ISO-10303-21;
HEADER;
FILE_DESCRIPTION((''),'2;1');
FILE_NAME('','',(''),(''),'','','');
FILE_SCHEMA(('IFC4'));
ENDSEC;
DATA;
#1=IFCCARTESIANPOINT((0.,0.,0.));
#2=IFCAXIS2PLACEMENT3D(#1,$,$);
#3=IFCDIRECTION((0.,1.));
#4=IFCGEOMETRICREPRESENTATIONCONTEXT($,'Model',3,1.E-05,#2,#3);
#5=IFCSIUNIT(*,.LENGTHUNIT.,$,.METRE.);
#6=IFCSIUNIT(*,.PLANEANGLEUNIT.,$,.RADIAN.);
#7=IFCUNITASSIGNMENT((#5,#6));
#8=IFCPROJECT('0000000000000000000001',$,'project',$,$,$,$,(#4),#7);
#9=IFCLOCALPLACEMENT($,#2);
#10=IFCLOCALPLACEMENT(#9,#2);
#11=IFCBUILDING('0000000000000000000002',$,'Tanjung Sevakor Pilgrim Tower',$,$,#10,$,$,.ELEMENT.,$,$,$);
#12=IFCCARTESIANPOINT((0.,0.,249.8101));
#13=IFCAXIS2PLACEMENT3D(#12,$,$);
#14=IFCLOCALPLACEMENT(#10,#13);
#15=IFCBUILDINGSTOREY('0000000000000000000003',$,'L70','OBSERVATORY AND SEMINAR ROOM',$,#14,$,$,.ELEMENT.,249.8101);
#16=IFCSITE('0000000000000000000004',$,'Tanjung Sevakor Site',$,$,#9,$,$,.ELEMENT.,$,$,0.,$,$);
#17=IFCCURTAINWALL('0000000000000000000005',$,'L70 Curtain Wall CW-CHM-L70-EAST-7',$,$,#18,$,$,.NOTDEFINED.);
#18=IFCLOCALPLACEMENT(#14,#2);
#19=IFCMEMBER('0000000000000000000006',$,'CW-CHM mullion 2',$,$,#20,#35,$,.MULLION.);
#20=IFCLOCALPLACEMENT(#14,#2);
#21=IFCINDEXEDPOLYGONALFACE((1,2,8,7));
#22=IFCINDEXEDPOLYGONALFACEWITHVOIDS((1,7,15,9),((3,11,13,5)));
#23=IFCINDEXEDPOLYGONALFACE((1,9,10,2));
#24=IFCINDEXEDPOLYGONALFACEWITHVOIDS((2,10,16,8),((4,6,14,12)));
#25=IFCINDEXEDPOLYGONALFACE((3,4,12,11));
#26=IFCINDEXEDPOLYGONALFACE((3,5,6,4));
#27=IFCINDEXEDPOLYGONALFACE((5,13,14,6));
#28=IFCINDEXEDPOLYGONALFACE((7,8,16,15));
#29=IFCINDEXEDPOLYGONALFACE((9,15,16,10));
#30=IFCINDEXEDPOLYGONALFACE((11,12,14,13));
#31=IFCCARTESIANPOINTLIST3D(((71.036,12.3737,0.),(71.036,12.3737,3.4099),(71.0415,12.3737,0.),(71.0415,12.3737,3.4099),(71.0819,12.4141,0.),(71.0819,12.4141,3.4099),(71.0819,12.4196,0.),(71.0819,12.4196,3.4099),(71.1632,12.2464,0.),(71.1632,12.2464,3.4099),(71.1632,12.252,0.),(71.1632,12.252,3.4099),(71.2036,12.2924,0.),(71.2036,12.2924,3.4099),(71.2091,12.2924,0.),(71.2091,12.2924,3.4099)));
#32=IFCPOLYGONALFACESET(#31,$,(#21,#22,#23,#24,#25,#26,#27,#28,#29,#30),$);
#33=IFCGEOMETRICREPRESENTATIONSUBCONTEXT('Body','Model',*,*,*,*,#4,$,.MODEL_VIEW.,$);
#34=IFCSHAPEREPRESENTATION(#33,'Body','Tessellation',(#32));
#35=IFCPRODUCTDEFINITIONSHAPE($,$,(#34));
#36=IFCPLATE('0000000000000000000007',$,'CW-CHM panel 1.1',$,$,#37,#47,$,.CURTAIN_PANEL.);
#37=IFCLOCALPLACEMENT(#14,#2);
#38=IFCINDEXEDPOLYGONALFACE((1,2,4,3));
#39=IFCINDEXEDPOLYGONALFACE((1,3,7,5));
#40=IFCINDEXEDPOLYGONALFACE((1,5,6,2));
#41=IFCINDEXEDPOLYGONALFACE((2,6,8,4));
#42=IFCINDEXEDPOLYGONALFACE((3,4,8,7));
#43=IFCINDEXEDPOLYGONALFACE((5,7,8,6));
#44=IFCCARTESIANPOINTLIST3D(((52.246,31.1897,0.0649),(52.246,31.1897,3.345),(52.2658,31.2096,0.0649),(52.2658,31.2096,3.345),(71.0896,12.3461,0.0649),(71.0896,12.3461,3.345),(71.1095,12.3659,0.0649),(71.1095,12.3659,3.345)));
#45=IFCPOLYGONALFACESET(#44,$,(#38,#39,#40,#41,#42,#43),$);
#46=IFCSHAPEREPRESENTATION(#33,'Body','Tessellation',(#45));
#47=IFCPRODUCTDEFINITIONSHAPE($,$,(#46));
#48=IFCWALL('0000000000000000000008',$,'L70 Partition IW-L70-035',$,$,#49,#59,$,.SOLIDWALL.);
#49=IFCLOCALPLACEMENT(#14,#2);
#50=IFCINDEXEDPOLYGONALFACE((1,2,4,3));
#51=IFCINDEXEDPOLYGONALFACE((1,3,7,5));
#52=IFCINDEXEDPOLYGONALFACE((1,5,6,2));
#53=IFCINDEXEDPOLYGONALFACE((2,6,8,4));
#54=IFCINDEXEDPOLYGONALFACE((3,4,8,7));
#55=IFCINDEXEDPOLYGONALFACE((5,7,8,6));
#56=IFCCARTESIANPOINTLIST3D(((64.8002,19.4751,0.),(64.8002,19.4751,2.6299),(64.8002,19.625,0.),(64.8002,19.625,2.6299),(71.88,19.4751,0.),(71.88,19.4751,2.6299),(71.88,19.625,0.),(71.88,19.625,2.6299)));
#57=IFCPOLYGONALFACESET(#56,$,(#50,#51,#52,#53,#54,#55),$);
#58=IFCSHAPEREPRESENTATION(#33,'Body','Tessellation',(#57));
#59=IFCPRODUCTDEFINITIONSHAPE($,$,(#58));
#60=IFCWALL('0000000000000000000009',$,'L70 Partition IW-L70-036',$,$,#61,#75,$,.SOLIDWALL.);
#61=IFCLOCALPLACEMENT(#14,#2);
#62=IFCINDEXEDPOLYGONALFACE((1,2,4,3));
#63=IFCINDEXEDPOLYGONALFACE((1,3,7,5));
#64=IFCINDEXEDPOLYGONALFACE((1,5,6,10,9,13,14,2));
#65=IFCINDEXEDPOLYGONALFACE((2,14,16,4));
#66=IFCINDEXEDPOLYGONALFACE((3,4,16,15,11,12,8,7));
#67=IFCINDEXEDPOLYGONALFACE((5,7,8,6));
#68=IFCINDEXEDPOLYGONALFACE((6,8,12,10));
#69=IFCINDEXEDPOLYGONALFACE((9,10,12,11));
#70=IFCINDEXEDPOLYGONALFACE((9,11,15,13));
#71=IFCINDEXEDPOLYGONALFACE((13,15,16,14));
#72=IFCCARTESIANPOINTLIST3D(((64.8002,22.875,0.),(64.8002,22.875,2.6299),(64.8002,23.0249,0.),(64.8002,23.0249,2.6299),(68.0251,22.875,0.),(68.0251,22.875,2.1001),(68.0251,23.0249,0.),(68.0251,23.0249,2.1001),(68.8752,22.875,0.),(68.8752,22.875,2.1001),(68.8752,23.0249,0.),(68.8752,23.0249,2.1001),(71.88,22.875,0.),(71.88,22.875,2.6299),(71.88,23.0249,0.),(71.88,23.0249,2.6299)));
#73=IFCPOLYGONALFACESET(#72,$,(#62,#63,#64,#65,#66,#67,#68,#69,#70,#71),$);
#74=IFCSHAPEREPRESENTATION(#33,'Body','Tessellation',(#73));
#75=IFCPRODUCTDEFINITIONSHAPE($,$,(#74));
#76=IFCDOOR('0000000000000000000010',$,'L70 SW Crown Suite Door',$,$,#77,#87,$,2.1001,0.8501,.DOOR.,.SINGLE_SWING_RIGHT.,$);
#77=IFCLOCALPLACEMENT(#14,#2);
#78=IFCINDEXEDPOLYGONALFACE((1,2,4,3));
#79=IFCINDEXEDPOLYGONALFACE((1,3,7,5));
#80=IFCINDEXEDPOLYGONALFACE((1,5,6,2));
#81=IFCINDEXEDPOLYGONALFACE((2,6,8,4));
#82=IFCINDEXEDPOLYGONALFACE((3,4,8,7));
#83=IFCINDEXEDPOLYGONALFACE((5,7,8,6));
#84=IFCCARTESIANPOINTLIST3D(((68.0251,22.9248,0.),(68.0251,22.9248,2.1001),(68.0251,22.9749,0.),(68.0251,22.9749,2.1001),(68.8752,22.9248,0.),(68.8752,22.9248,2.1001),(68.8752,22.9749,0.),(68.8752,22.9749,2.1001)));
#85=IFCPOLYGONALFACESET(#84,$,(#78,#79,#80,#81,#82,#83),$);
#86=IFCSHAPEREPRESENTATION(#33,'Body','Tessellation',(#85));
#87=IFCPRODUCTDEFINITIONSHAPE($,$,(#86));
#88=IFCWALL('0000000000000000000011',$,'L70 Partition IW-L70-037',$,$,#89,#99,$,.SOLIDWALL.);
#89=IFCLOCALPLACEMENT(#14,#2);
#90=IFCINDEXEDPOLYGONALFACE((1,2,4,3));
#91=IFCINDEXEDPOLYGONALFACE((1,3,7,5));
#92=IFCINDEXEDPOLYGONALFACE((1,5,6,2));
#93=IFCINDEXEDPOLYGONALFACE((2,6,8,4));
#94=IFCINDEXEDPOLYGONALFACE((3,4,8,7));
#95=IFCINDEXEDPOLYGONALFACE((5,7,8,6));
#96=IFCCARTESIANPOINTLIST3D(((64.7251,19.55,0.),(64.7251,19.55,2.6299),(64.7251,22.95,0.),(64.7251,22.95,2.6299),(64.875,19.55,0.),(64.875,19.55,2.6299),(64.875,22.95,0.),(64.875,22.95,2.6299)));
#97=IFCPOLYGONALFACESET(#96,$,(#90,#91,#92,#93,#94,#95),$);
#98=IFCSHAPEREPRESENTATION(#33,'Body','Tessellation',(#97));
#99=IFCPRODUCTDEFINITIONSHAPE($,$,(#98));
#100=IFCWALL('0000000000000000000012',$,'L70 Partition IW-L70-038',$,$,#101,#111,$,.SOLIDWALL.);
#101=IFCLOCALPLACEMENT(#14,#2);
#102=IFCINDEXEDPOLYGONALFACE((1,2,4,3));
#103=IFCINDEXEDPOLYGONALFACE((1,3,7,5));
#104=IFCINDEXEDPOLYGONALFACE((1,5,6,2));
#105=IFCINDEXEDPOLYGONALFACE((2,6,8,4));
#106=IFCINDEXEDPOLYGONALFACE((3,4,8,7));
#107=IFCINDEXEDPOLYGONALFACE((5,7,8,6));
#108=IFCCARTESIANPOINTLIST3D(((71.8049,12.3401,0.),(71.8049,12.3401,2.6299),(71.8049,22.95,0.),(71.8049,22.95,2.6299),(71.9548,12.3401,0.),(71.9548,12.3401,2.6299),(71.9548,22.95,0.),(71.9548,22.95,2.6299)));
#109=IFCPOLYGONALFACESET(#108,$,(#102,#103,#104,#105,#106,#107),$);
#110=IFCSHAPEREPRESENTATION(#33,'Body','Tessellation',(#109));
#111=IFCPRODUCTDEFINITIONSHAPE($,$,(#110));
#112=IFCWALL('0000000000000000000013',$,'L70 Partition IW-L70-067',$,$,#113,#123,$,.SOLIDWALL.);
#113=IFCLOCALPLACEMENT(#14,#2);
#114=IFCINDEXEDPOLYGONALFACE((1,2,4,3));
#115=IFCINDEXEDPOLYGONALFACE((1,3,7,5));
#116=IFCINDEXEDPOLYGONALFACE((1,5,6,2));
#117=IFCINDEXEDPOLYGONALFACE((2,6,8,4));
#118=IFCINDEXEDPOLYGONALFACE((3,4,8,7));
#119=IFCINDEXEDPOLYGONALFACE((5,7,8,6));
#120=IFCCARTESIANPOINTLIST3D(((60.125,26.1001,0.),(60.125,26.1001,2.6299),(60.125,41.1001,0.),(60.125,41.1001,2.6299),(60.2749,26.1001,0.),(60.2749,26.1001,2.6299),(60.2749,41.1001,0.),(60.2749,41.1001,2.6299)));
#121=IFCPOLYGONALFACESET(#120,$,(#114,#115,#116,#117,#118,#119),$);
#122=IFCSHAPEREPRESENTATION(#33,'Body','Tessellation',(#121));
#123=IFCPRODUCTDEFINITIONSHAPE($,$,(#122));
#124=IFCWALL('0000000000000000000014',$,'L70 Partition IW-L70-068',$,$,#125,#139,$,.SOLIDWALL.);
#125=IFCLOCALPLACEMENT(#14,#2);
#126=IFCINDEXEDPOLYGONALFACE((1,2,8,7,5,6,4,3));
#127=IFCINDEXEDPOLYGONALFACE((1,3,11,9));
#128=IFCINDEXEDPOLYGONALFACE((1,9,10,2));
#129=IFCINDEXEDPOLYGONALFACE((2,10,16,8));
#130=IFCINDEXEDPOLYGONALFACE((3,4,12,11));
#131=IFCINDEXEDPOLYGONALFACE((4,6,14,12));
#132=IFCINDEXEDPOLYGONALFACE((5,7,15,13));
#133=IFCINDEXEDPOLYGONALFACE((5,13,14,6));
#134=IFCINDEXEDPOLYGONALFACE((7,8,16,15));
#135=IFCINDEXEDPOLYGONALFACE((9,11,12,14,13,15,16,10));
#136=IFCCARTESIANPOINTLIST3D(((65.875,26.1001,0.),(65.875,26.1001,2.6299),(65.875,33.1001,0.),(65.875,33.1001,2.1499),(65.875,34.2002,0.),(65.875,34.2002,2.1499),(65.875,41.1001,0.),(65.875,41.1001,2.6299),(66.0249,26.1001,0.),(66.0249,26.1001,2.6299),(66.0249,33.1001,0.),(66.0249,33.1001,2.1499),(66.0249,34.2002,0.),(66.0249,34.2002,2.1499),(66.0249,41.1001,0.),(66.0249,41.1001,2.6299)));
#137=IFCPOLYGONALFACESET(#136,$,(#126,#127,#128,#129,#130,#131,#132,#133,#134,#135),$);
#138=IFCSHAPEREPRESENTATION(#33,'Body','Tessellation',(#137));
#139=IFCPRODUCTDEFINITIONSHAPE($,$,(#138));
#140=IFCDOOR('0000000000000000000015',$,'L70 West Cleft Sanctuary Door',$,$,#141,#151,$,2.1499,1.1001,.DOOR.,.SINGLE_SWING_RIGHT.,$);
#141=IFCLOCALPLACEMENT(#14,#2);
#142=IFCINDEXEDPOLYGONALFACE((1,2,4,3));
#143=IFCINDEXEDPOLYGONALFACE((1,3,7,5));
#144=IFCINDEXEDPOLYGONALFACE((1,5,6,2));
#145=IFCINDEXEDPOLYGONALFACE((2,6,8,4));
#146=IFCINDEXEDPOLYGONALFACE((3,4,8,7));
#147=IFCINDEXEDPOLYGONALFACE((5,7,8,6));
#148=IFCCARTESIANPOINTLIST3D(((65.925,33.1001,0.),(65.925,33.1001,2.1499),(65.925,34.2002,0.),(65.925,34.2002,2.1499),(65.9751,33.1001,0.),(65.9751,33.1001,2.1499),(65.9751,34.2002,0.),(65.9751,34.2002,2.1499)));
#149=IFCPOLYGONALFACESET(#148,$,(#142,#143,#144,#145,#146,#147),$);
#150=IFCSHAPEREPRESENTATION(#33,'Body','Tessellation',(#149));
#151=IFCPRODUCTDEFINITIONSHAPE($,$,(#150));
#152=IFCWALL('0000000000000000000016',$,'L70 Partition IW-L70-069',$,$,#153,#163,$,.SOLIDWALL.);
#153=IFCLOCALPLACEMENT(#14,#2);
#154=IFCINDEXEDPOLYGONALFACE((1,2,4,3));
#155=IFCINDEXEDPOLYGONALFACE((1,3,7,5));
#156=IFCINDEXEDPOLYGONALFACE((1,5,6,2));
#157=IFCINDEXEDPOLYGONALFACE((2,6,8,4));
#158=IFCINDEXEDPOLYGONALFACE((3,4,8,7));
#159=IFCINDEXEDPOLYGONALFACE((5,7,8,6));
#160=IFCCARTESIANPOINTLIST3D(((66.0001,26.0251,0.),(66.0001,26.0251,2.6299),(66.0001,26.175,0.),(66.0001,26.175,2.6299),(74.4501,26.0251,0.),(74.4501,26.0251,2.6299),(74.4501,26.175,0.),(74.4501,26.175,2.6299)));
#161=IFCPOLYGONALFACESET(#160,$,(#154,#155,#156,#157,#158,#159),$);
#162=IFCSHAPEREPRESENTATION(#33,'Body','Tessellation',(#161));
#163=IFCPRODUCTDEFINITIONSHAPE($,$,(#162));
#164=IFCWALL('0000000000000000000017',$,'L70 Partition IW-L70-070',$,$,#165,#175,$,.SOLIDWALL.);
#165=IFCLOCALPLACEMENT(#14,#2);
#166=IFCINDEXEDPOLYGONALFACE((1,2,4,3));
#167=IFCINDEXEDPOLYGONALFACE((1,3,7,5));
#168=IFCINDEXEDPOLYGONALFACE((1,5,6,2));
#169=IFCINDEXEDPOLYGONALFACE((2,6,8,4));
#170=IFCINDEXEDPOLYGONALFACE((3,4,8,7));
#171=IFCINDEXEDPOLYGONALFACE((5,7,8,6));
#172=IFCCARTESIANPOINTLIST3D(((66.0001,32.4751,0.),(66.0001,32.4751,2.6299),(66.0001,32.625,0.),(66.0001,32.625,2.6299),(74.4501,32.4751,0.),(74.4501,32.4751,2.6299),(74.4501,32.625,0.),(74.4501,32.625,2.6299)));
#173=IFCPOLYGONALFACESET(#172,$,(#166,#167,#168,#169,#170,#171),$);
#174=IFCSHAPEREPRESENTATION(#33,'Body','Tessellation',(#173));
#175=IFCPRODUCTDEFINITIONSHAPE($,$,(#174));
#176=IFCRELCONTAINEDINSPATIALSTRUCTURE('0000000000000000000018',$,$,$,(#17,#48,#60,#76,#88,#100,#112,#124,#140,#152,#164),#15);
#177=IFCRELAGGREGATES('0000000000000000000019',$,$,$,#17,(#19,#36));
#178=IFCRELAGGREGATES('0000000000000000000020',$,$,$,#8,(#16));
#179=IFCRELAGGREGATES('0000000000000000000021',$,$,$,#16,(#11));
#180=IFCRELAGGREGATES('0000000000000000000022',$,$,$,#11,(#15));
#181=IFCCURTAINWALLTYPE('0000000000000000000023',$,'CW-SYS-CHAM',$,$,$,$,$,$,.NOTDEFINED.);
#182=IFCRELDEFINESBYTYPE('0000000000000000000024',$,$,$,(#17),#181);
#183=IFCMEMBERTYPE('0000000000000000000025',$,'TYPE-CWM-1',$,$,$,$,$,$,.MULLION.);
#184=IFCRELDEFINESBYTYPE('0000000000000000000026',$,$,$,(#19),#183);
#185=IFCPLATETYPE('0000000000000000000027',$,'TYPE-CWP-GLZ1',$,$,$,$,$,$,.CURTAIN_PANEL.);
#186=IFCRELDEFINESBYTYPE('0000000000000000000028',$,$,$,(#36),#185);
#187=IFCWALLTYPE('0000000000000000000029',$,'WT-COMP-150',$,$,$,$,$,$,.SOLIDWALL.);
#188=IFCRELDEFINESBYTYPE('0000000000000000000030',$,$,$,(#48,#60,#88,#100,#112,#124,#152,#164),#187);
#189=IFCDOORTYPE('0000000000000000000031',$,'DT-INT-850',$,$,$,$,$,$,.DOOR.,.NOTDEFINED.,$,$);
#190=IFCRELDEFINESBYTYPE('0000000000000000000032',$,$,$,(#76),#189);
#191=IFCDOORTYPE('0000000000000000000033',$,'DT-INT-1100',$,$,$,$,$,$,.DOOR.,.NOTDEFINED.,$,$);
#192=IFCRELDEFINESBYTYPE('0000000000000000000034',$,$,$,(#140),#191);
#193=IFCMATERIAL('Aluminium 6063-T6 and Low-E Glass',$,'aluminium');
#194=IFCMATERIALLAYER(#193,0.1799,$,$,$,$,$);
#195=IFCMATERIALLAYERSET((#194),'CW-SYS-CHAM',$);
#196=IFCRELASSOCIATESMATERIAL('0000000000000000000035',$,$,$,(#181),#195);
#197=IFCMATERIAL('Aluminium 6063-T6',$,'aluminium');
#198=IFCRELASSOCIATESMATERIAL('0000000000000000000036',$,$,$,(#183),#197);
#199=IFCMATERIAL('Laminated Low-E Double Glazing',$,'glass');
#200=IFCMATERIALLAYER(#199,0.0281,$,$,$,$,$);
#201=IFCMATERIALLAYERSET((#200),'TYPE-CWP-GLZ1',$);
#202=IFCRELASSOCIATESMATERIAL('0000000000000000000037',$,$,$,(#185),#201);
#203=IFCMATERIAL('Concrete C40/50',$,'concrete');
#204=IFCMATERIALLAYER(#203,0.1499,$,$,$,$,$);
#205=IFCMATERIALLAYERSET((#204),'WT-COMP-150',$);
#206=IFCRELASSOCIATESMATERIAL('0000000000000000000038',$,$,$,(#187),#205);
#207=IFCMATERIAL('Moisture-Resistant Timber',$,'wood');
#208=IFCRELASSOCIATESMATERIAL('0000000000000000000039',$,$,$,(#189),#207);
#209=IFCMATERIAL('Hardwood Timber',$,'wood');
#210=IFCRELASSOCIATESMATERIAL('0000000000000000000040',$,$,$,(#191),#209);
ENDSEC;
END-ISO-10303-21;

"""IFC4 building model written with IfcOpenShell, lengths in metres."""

from ifc_helpers import new_model, si_unit, direction, frame, frame_2d, origin, origin_2d, place, context, subcontext, project, spatial, rectangle, hollow_rectangle, extrude, material, layer, layer_set, material_profile, profile_set, type_object, element, fill, aggregate, save


model = new_model("IFC4")

# Units and contexts
model_context = context("Model", 3, precision=1e-05, world=origin(), true_north=direction((0.0, 1.0)))
body_context = subcontext(model_context, "Body", "Model", "MODEL_VIEW")
ifc_project = project(units=[si_unit("LENGTHUNIT", "METRE"), si_unit("PLANEANGLEUNIT", "RADIAN")], contexts=[model_context])

# Site, building, storey
site_placement = place(None, origin())
site = spatial("IfcSite", under=ifc_project, at=site_placement, Name="Tanjung Sevakor Site", CompositionType="ELEMENT", RefElevation=0.0)
building_placement = place(site_placement, origin())
building = spatial("IfcBuilding", under=site, at=building_placement, Name="Tanjung Sevakor Pilgrim Tower", CompositionType="ELEMENT")
storey_placement = place(building_placement, frame((0.0, 0.0, 249.8101)))
storey = spatial("IfcBuildingStorey", under=building, at=storey_placement, Name="L70", Description="OBSERVATORY AND SEMINAR ROOM", CompositionType="ELEMENT", Elevation=249.8101)

# Curtain wall, member, plate
ifc_material_1 = material(Name="Aluminium 6063-T6 and Low-E Glass", Category="aluminium")
ifc_layer_1 = layer(ifc_material_1, 0.1799)
ifc_layer_set_1 = layer_set([ifc_layer_1], Name="CW-SYS-CHAM")
curtain_wall_type = type_object("IfcCurtainWallType", Name="CW-SYS-CHAM", PredefinedType="NOTDEFINED", material=ifc_layer_set_1)
curtain_wall_placement = place(storey_placement, origin())
curtain_wall = element("IfcCurtainWall", 1, at=curtain_wall_placement, inside=storey, type_object=curtain_wall_type, Name="L70 Curtain Wall CW-CHM-L70-EAST-7", PredefinedType="NOTDEFINED")
ifc_material_2 = material(Name="Aluminium 6063-T6", Category="aluminium")
ifc_material_profile_1 = material_profile(ifc_material_2, hollow_rectangle(XDim=0.0649, YDim=0.1799, WallThickness=0.0039, at=origin_2d()))
ifc_profile_set_1 = profile_set([ifc_material_profile_1], Name="Aluminium 6063-T6")
member_type = type_object("IfcMemberType", Name="TYPE-CWM-1", PredefinedType="MULLION", material=ifc_profile_set_1)
member_placement = place(storey_placement, frame((71.1226, 12.333, 0.0), z_axis=(0.0, 0.0, 1.0), x_axis=(0.707107, 0.707107, 0.0)))
member = element("IfcMember", 2, at=member_placement, type_object=member_type, Name="CW-CHM mullion 2", PredefinedType="MULLION", context=body_context, shape_type="SweptSolid", body=[
    extrude(hollow_rectangle(XDim=0.0649, YDim=0.1799, WallThickness=0.0039, at=origin_2d()), origin(), (0.0, 0.0, 1.0), 3.4099),
])
ifc_material_3 = material(Name="Laminated Low-E Double Glazing", Category="glass")
ifc_layer_2 = layer(ifc_material_3, 0.0281)
ifc_layer_set_2 = layer_set([ifc_layer_2], Name="TYPE-CWP-GLZ1")
plate_type = type_object("IfcPlateType", Name="TYPE-CWP-GLZ1", PredefinedType="CURTAIN_PANEL", material=ifc_layer_set_2)
plate_placement = place(storey_placement, frame((61.6777, 21.7778, 0.0649), z_axis=(0.0, 0.0, 1.0), x_axis=(0.707107, -0.707107, 0.0)))
plate = element("IfcPlate", 3, at=plate_placement, type_object=plate_type, Name="CW-CHM panel 1.1", PredefinedType="CURTAIN_PANEL", context=body_context, shape_type="SweptSolid", body=[
    extrude(rectangle(XDim=26.6489, YDim=0.0281, at=origin_2d()), origin(), (0.0, 0.0, 1.0), 3.28),
])
aggregate(curtain_wall, [member, plate])

# Wall
ifc_material_4 = material(Name="Concrete C40/50", Category="concrete")
ifc_layer_3 = layer(ifc_material_4, 0.1499)
ifc_layer_set_3 = layer_set([ifc_layer_3], Name="WT-COMP-150")
wall_type_1 = type_object("IfcWallType", Name="WT-COMP-150", PredefinedType="SOLIDWALL", material=ifc_layer_set_3)
wall_1_placement = place(storey_placement, frame((64.8, 19.55, 0.0), z_axis=(0.0, 0.0, 1.0), x_axis=(1.0, 0.0, 0.0)))
element("IfcWall", 4, at=wall_1_placement, inside=storey, type_object=wall_type_1, Name="L70 Partition IW-L70-035", PredefinedType="SOLIDWALL", context=body_context, shape_type="SweptSolid", body=[
    extrude(rectangle(XDim=7.0798, YDim=0.1499, at=frame_2d((3.54, 0.0))), origin(), (0.0, 0.0, 1.0), 2.6299),
])

# Wall, opening, door
wall_2_placement = place(storey_placement, frame((64.8, 22.95, 0.0), z_axis=(0.0, 0.0, 1.0), x_axis=(1.0, 0.0, 0.0)))
wall_2 = element("IfcWall", 5, at=wall_2_placement, inside=storey, type_object=wall_type_1, Name="L70 Partition IW-L70-036", PredefinedType="SOLIDWALL", context=body_context, shape_type="SweptSolid", body=[
    extrude(rectangle(XDim=7.0798, YDim=0.1499, at=frame_2d((3.54, 0.0))), origin(), (0.0, 0.0, 1.0), 2.6299),
])
opening_1_placement = place(wall_2_placement, frame((3.2251, 0.0, 0.0)))
opening_1 = element("IfcOpeningElement", 6, at=opening_1_placement, cuts=wall_2, PredefinedType="OPENING", context=body_context, shape_type="SweptSolid", body=[
    extrude(rectangle(XDim=0.8501, YDim=2.1001, at=frame_2d((0.425, 1.05))), frame((0.0, 0.085, 0.0), z_axis=(0.0, -1.0, 0.0), x_axis=(1.0, 0.0, 0.0)), (0.0, 0.0, 1.0), 0.1699),
])
ifc_material_5 = material(Name="Moisture-Resistant Timber", Category="wood")
door_type_1 = type_object("IfcDoorType", Name="DT-INT-850", OperationType="NOTDEFINED", PredefinedType="DOOR", material=ifc_material_5)
door_1_placement = place(opening_1_placement, origin())
door_1 = element("IfcDoor", 7, at=door_1_placement, inside=storey, type_object=door_type_1, Name="L70 SW Crown Suite Door", OperationType="SINGLE_SWING_RIGHT", OverallHeight=2.1001, OverallWidth=0.8501, PredefinedType="DOOR", context=body_context, shape_type="SweptSolid", body=[
    extrude(rectangle(XDim=0.8501, YDim=2.1001, at=frame_2d((0.425, 1.05))), frame((0.0, 0.0249, 0.0), z_axis=(0.0, -1.0, 0.0), x_axis=(1.0, 0.0, 0.0)), (0.0, 0.0, 1.0), 0.05),
])
fill(opening_1, door_1)

# Walls
wall_3_placement = place(storey_placement, frame((64.8, 19.55, 0.0), z_axis=(0.0, 0.0, 1.0), x_axis=(0.0, 1.0, 0.0)))
element("IfcWall", 8, at=wall_3_placement, inside=storey, type_object=wall_type_1, Name="L70 Partition IW-L70-037", PredefinedType="SOLIDWALL", context=body_context, shape_type="SweptSolid", body=[
    extrude(rectangle(XDim=3.3999, YDim=0.1499, at=frame_2d((1.7, 0.0))), origin(), (0.0, 0.0, 1.0), 2.6299),
])
wall_4_placement = place(storey_placement, frame((71.8799, 12.3401, 0.0), z_axis=(0.0, 0.0, 1.0), x_axis=(0.0, 1.0, 0.0)))
element("IfcWall", 9, at=wall_4_placement, inside=storey, type_object=wall_type_1, Name="L70 Partition IW-L70-038", PredefinedType="SOLIDWALL", context=body_context, shape_type="SweptSolid", body=[
    extrude(rectangle(XDim=10.6099, YDim=0.1499, at=frame_2d((5.3049, 0.0))), origin(), (0.0, 0.0, 1.0), 2.6299),
])
wall_5_placement = place(storey_placement, frame((60.2, 26.1001, 0.0), z_axis=(0.0, 0.0, 1.0), x_axis=(0.0, 1.0, 0.0)))
element("IfcWall", 10, at=wall_5_placement, inside=storey, type_object=wall_type_1, Name="L70 Partition IW-L70-067", PredefinedType="SOLIDWALL", context=body_context, shape_type="SweptSolid", body=[
    extrude(rectangle(XDim=15.0, YDim=0.1499, at=frame_2d((7.5, 0.0))), origin(), (0.0, 0.0, 1.0), 2.6299),
])

# Wall, opening, door
wall_6_placement = place(storey_placement, frame((65.95, 26.1001, 0.0), z_axis=(0.0, 0.0, 1.0), x_axis=(0.0, 1.0, 0.0)))
wall_6 = element("IfcWall", 11, at=wall_6_placement, inside=storey, type_object=wall_type_1, Name="L70 Partition IW-L70-068", PredefinedType="SOLIDWALL", context=body_context, shape_type="SweptSolid", body=[
    extrude(rectangle(XDim=15.0, YDim=0.1499, at=frame_2d((7.5, 0.0))), origin(), (0.0, 0.0, 1.0), 2.6299),
])
opening_2_placement = place(wall_6_placement, frame((7.0, 0.0, 0.0)))
opening_2 = element("IfcOpeningElement", 12, at=opening_2_placement, cuts=wall_6, PredefinedType="OPENING", context=body_context, shape_type="SweptSolid", body=[
    extrude(rectangle(XDim=1.1001, YDim=2.1499, at=frame_2d((0.55, 1.075))), frame((0.0, 0.085, 0.0), z_axis=(0.0, -1.0, 0.0), x_axis=(1.0, 0.0, 0.0)), (0.0, 0.0, 1.0), 0.1699),
])
ifc_material_6 = material(Name="Hardwood Timber", Category="wood")
door_type_2 = type_object("IfcDoorType", Name="DT-INT-1100", OperationType="NOTDEFINED", PredefinedType="DOOR", material=ifc_material_6)
door_2_placement = place(opening_2_placement, origin())
door_2 = element("IfcDoor", 13, at=door_2_placement, inside=storey, type_object=door_type_2, Name="L70 West Cleft Sanctuary Door", OperationType="SINGLE_SWING_RIGHT", OverallHeight=2.1499, OverallWidth=1.1001, PredefinedType="DOOR", context=body_context, shape_type="SweptSolid", body=[
    extrude(rectangle(XDim=1.1001, YDim=2.1499, at=frame_2d((0.55, 1.075))), frame((0.0, 0.0249, 0.0), z_axis=(0.0, -1.0, 0.0), x_axis=(1.0, 0.0, 0.0)), (0.0, 0.0, 1.0), 0.05),
])
fill(opening_2, door_2)

# Walls
for number, where, z_axis, x_axis, name in (
    (14, (66.0, 26.1001, 0.0), (0.0, 0.0, 1.0), (1.0, 0.0, 0.0), "L70 Partition IW-L70-069"),
    (15, (66.0, 32.55, 0.0), (0.0, 0.0, 1.0), (1.0, 0.0, 0.0), "L70 Partition IW-L70-070"),
):
    element("IfcWall", number, at=place(storey_placement, frame(where, z_axis=z_axis, x_axis=x_axis)), inside=storey, type_object=wall_type_1, Name=name, PredefinedType="SOLIDWALL", context=body_context, shape_type="SweptSolid", body=[
        extrude(rectangle(XDim=8.45, YDim=0.1499, at=frame_2d((4.2251, 0.0))), origin(), (0.0, 0.0, 1.0), 2.6299),
    ])

save(model, "model.ifc")
